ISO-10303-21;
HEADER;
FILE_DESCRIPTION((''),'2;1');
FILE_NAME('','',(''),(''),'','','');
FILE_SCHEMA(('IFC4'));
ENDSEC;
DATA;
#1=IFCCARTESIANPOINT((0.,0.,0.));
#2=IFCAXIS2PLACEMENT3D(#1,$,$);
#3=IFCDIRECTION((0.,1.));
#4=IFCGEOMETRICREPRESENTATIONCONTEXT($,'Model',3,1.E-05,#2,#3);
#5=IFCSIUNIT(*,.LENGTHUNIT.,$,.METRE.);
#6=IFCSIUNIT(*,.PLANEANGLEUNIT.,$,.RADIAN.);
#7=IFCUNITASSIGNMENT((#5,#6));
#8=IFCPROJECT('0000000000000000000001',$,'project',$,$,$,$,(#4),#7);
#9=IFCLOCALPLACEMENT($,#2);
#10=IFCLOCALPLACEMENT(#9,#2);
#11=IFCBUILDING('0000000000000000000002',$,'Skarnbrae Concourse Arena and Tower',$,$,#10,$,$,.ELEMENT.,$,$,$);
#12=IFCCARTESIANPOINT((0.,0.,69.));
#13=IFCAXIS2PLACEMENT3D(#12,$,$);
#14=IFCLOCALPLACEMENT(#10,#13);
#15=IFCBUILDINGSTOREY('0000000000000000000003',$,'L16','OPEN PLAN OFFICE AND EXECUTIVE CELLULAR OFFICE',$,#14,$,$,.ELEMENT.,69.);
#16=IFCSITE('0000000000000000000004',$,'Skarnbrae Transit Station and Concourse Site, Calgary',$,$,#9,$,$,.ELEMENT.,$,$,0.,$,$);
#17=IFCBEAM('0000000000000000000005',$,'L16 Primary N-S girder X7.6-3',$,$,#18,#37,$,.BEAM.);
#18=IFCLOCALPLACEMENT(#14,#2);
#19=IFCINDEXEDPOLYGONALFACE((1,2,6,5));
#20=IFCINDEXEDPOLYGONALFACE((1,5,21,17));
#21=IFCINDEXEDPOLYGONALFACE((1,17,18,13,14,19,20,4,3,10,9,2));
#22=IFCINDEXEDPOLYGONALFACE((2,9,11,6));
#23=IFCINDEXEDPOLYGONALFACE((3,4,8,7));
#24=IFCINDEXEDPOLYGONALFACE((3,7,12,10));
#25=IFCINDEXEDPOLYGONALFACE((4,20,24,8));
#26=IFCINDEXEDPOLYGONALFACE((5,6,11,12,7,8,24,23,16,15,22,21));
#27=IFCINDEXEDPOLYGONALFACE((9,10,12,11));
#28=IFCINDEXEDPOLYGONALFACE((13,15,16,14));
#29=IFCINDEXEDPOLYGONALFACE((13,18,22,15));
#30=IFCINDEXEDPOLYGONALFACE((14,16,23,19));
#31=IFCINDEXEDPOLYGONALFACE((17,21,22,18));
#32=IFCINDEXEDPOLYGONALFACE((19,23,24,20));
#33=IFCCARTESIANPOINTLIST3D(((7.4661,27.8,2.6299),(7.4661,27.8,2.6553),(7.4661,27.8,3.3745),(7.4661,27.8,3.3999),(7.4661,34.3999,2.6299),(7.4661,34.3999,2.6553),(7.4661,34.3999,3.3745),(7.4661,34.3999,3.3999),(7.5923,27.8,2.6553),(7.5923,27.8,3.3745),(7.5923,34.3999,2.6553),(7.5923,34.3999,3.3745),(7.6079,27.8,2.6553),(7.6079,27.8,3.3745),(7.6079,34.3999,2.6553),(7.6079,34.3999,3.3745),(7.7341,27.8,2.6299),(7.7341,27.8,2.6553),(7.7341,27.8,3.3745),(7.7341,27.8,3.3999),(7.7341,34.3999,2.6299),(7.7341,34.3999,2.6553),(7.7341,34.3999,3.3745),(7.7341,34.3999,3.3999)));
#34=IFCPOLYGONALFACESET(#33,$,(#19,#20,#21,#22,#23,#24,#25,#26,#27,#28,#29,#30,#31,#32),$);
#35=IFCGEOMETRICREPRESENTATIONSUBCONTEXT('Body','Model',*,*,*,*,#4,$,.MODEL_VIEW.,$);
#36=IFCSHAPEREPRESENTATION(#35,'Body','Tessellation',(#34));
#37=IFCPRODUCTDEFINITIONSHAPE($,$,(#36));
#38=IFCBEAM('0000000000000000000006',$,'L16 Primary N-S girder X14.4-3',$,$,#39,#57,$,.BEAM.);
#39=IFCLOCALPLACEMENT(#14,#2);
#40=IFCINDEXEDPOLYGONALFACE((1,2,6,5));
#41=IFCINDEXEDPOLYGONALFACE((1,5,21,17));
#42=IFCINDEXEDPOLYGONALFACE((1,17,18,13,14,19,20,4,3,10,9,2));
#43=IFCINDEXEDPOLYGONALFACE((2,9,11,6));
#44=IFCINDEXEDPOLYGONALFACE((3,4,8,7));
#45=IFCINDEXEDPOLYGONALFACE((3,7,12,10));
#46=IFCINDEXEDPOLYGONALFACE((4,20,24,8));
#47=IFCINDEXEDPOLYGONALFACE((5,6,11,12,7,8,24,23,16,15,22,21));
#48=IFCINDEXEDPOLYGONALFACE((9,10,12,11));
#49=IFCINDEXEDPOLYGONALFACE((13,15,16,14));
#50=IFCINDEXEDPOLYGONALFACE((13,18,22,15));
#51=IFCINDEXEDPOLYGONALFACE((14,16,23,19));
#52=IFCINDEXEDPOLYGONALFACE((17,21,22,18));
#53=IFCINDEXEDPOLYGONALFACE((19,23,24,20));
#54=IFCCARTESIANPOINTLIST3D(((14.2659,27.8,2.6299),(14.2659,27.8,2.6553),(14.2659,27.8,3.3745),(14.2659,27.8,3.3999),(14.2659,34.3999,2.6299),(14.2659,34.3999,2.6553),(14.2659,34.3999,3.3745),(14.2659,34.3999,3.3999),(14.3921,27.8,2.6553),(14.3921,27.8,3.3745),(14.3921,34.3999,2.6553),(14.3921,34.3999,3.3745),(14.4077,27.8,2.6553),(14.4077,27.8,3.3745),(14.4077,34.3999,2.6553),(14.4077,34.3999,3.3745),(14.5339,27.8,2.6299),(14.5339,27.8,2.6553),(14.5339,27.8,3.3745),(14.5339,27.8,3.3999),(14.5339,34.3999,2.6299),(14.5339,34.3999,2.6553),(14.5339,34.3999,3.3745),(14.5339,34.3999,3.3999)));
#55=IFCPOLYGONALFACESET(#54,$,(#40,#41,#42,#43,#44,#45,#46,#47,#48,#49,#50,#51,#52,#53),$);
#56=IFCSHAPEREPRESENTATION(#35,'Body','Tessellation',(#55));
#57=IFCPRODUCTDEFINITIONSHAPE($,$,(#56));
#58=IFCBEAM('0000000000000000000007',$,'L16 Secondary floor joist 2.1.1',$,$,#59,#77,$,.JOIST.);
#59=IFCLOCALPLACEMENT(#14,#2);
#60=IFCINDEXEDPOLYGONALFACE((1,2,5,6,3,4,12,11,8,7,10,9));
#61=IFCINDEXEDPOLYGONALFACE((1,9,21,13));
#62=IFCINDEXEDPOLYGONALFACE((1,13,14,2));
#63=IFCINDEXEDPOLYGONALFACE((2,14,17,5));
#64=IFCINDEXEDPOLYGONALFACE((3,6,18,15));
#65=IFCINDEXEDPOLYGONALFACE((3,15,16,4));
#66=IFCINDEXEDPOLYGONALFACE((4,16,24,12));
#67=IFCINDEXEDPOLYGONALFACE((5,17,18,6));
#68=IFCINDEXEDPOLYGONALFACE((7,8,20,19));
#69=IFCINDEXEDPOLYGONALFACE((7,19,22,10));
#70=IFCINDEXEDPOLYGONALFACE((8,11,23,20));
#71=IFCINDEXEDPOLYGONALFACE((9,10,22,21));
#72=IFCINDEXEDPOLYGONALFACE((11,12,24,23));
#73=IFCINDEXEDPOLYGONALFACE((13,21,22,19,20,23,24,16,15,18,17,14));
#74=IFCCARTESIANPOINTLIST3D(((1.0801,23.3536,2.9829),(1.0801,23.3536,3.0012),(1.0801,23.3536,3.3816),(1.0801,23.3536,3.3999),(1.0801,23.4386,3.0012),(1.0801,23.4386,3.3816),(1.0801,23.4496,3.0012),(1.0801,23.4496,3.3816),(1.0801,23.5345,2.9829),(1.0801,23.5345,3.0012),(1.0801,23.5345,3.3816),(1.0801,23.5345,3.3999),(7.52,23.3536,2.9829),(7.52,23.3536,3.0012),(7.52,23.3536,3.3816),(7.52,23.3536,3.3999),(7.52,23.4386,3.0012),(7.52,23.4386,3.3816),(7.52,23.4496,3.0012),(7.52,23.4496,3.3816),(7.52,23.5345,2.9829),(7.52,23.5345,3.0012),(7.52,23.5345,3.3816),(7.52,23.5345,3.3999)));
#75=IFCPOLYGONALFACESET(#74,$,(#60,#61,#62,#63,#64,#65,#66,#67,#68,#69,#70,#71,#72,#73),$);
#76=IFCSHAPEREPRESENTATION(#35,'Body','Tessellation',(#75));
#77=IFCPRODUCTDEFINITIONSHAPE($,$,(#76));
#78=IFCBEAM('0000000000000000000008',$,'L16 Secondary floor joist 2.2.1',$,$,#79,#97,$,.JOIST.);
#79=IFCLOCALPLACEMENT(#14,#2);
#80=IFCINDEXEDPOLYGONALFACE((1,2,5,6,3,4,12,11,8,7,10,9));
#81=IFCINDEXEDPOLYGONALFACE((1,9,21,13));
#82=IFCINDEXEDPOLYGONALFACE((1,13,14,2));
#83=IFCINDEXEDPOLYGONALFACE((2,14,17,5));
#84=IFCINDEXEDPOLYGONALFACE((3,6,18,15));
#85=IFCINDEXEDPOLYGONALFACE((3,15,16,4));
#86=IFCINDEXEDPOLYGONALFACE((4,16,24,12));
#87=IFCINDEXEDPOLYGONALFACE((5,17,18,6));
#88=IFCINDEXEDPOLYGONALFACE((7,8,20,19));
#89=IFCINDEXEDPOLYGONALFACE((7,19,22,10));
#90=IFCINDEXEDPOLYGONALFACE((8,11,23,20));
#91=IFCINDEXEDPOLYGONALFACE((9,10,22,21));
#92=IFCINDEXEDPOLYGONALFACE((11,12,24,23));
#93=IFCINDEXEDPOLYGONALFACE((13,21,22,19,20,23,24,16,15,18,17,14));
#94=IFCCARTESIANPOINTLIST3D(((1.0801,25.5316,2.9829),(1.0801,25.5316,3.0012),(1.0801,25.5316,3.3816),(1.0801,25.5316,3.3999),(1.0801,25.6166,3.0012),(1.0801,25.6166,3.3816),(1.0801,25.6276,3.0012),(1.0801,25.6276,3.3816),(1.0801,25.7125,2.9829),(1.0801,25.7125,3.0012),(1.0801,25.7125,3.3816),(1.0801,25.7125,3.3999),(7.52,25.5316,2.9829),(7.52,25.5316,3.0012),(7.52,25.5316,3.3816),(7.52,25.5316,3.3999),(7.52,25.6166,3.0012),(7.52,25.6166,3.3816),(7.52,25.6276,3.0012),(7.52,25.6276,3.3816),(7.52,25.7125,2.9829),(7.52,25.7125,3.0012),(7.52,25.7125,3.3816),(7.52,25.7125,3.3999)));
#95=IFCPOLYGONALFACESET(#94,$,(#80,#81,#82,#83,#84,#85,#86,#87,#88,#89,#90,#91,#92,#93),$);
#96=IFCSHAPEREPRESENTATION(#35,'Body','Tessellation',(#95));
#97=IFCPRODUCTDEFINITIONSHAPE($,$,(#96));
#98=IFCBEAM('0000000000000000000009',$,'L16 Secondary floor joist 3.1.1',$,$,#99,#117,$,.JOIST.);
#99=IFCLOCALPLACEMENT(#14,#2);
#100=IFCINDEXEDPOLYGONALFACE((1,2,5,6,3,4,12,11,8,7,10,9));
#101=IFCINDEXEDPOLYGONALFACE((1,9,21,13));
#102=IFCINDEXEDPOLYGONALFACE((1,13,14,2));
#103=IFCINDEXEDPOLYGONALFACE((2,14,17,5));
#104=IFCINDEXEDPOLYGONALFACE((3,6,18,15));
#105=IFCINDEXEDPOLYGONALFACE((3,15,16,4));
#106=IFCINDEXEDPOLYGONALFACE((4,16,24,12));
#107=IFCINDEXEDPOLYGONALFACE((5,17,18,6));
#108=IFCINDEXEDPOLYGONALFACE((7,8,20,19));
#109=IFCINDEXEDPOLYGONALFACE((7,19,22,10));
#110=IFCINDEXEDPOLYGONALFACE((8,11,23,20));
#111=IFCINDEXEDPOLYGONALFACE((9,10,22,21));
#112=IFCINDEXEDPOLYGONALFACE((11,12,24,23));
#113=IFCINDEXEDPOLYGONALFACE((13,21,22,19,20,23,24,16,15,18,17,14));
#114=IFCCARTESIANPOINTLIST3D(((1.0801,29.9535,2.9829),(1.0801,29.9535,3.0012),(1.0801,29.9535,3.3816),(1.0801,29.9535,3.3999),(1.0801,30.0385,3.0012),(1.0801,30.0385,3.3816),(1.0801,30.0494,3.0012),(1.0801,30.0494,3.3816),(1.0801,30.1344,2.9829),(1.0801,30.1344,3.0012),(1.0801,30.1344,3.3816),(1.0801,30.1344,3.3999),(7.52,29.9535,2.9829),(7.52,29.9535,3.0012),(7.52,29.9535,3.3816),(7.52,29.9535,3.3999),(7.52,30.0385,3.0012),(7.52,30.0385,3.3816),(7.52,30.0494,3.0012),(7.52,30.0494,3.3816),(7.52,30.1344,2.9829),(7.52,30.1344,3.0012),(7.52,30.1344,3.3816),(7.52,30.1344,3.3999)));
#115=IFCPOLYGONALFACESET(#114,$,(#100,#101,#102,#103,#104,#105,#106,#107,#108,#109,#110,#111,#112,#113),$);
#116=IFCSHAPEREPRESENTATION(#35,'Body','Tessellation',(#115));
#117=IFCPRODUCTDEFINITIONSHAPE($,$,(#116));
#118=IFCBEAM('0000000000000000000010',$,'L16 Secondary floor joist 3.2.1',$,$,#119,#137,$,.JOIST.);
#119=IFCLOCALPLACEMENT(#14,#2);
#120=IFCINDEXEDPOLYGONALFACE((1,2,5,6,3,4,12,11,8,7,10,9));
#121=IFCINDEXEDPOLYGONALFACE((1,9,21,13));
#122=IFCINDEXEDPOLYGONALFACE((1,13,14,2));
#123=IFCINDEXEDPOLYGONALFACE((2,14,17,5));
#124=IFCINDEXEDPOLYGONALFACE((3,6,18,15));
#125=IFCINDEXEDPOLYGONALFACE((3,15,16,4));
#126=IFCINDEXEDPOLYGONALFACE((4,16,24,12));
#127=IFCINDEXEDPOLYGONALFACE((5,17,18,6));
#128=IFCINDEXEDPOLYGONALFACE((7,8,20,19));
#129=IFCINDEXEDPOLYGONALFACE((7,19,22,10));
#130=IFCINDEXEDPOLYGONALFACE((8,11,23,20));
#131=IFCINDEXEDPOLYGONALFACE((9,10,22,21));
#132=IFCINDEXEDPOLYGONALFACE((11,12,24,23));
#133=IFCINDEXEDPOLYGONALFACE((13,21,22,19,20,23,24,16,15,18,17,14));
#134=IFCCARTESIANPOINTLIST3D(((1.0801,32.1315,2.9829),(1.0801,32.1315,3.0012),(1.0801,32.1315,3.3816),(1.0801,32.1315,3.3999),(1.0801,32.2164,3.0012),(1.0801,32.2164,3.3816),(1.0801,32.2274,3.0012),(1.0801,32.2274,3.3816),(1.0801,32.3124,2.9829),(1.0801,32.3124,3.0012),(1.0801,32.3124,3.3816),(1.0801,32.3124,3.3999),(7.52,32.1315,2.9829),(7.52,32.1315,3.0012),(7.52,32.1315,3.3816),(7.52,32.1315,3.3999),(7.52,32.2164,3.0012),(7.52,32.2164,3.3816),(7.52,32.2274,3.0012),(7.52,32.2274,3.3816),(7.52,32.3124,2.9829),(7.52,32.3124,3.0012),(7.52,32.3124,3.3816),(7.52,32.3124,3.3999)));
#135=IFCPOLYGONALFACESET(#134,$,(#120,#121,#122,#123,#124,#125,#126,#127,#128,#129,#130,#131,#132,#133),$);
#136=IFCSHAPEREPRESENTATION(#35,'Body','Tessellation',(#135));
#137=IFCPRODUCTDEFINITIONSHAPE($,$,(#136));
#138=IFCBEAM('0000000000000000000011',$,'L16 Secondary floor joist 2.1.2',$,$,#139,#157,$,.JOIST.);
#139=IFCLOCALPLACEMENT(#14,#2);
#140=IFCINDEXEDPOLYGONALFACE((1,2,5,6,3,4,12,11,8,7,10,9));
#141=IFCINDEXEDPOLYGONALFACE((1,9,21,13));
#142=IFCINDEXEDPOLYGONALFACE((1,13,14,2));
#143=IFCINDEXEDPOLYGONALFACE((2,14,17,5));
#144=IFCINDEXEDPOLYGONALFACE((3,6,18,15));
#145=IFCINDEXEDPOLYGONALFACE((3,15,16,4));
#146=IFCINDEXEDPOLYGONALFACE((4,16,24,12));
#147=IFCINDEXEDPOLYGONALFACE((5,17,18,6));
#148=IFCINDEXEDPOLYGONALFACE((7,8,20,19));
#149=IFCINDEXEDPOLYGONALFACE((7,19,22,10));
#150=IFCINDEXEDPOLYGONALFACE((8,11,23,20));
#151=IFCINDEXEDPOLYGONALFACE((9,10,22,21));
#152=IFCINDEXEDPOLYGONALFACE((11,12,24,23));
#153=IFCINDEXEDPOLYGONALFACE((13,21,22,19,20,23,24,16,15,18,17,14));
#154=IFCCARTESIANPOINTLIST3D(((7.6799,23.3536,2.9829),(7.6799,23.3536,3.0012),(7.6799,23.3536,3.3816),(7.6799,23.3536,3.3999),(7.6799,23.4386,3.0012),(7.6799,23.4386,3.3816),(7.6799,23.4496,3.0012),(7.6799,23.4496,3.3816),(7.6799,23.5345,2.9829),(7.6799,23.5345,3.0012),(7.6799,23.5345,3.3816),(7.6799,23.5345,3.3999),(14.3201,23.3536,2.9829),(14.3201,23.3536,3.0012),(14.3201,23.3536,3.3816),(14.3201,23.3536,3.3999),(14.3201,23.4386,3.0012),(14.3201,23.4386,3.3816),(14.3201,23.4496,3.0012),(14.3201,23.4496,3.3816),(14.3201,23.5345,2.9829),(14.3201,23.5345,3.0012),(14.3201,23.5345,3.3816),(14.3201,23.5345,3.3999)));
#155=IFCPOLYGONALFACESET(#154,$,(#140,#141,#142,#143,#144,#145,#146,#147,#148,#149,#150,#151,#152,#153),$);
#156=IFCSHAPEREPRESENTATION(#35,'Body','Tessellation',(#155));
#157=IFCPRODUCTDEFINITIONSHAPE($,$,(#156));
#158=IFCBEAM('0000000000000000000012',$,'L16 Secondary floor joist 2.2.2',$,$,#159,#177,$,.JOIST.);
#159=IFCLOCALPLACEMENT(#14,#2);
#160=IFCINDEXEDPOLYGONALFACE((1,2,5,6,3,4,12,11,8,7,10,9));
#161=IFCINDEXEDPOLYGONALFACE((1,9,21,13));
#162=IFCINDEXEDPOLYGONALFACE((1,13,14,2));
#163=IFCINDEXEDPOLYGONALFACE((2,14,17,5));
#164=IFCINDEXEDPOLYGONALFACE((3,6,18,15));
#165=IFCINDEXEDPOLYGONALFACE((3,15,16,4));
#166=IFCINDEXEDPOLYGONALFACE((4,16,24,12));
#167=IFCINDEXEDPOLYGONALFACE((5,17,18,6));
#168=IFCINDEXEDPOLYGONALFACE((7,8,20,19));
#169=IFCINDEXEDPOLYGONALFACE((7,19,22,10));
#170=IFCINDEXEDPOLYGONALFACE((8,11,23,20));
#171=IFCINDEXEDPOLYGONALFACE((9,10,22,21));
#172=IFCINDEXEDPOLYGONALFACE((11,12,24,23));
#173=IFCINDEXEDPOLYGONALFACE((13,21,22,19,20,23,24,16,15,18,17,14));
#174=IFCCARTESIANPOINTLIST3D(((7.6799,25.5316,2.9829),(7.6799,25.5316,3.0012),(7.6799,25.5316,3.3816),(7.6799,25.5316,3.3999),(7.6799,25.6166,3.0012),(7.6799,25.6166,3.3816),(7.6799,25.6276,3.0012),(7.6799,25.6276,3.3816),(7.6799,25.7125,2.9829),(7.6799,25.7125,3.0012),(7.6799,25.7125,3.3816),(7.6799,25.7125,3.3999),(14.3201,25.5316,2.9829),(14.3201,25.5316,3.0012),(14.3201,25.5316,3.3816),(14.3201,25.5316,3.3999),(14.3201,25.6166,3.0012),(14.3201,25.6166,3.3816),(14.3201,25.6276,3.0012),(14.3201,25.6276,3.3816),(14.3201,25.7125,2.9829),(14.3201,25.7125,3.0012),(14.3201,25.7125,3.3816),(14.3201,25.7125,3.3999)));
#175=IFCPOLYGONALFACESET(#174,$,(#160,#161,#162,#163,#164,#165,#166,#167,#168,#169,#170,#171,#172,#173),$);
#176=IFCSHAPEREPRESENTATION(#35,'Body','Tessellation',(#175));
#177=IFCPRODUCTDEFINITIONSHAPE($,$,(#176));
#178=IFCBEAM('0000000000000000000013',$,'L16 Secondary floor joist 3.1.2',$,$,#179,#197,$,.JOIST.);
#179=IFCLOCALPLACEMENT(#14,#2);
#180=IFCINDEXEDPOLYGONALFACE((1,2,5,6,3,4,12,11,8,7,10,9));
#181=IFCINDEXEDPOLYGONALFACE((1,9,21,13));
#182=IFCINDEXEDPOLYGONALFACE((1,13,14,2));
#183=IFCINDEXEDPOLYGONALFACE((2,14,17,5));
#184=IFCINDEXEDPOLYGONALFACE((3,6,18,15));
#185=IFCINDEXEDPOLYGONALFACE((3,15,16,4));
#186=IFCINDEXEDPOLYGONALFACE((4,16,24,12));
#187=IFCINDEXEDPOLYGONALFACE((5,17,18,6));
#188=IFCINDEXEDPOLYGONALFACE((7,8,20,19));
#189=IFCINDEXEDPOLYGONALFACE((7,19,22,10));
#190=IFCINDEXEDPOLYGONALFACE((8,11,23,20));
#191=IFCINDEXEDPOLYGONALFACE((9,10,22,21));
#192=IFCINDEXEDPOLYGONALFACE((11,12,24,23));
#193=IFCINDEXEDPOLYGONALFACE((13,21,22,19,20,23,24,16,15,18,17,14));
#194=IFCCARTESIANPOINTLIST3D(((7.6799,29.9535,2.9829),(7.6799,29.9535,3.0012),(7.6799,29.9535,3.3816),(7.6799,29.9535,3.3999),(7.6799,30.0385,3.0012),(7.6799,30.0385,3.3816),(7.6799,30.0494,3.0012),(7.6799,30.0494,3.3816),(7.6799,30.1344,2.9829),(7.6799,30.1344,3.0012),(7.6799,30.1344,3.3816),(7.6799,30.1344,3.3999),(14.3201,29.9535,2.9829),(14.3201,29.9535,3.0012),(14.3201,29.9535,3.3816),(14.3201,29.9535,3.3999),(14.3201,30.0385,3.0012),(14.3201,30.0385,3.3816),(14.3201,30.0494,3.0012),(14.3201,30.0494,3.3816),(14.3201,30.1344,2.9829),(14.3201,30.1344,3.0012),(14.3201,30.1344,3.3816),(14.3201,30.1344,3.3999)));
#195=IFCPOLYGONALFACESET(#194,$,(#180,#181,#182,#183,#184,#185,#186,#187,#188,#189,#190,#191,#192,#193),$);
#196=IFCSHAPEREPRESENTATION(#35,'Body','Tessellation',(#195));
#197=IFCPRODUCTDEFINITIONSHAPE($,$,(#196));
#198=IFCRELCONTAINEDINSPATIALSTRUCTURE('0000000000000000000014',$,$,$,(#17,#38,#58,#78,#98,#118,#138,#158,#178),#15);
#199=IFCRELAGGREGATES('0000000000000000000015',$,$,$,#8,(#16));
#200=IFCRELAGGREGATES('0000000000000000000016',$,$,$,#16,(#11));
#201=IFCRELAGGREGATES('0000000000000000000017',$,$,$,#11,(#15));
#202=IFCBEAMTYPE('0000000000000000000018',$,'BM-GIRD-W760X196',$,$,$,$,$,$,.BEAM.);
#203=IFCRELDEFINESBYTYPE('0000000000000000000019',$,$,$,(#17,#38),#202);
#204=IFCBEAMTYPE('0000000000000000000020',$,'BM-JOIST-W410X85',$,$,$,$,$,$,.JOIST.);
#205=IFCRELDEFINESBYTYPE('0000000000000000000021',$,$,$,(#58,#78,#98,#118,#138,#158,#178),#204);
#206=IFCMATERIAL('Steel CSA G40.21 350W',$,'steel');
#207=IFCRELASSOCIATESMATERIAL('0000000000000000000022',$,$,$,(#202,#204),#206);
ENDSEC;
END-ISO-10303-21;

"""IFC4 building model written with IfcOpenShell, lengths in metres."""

from ifc_helpers import new_model, si_unit, direction, frame, origin, origin_2d, place, context, subcontext, project, spatial, i_section, extrude, source, transform, mapped, material, material_profile, profile_set, type_object, element, save


model = new_model("IFC4")

# Units and contexts
model_context = context("Model", 3, precision=1e-05, world=origin(), true_north=direction((0.0, 1.0)))
body_context = subcontext(model_context, "Body", "Model", "MODEL_VIEW")
ifc_project = project(units=[si_unit("LENGTHUNIT", "METRE"), si_unit("PLANEANGLEUNIT", "RADIAN")], contexts=[model_context])

# Site, building, storey
site_placement = place(None, origin())
site = spatial("IfcSite", under=ifc_project, at=site_placement, Name="Skarnbrae Transit Station and Concourse Site, Calgary", CompositionType="ELEMENT", RefElevation=0.0)
building_placement = place(site_placement, origin())
building = spatial("IfcBuilding", under=site, at=building_placement, Name="Skarnbrae Concourse Arena and Tower", CompositionType="ELEMENT")
storey_placement = place(building_placement, frame((0.0, 0.0, 69.0)))
storey = spatial("IfcBuildingStorey", under=building, at=storey_placement, Name="L16", Description="OPEN PLAN OFFICE AND EXECUTIVE CELLULAR OFFICE", CompositionType="ELEMENT", Elevation=69.0)

# Shared definitions
ifc_material_1 = material(Name="Steel CSA G40.21 350W", Category="steel")

# Beams
ifc_material_profile_1 = material_profile(ifc_material_1, i_section(OverallWidth=0.2681, OverallDepth=0.77, WebThickness=0.0156, FlangeThickness=0.0254, at=origin_2d()), Name="W760X196")
ifc_profile_set_1 = profile_set([ifc_material_profile_1], Name="Steel CSA G40.21 350W")
beam_type_1 = type_object("IfcBeamType", Name="BM-GIRD-W760X196", PredefinedType="BEAM", material=ifc_profile_set_1)
shared_shape_1 = source(origin(), body_context, "Body", "SweptSolid", [
    extrude(i_section(OverallWidth=0.2681, OverallDepth=0.77, WebThickness=0.0156, FlangeThickness=0.0254, at=origin_2d()), origin(), (0.0, 0.0, 1.0), 6.5999),
])
for number, where, z_axis, x_axis, name in (
    (1, (7.6001, 27.8, 3.0149), (0.0, 1.0, 0.0), (-1.0, 0.0, 0.0), "L16 Primary N-S girder X7.6-3"),
    (2, (14.3999, 27.8, 3.0149), (0.0, 1.0, 0.0), (-1.0, 0.0, 0.0), "L16 Primary N-S girder X14.4-3"),
):
    element("IfcBeam", number, at=place(storey_placement, frame(where, z_axis=z_axis, x_axis=x_axis)), inside=storey, type_object=beam_type_1, Name=name, PredefinedType="BEAM", context=body_context, shape_type="MappedRepresentation", body=[
        mapped(shared_shape_1, transform((0.0, 0.0, 0.0))),
    ])
ifc_material_profile_2 = material_profile(ifc_material_1, i_section(OverallWidth=0.1809, OverallDepth=0.417, WebThickness=0.011, FlangeThickness=0.0183, at=origin_2d()), Name="W410X85")
ifc_profile_set_2 = profile_set([ifc_material_profile_2], Name="Steel CSA G40.21 350W")
beam_type_2 = type_object("IfcBeamType", Name="BM-JOIST-W410X85", PredefinedType="JOIST", material=ifc_profile_set_2)
shared_shape_2 = source(origin(), body_context, "Body", "SweptSolid", [
    extrude(i_section(OverallWidth=0.1809, OverallDepth=0.417, WebThickness=0.011, FlangeThickness=0.0183, at=origin_2d()), origin(), (0.0, 0.0, 1.0), 6.4399),
])
for number, where, z_axis, x_axis, name in (
    (3, (1.0801, 23.4441, 3.1914), (1.0, 0.0, 0.0), (0.0, 1.0, 0.0), "L16 Secondary floor joist 2.1.1"),
    (4, (1.0801, 25.6221, 3.1914), (1.0, 0.0, 0.0), (0.0, 1.0, 0.0), "L16 Secondary floor joist 2.2.1"),
    (5, (1.0801, 30.0439, 3.1914), (1.0, 0.0, 0.0), (0.0, 1.0, 0.0), "L16 Secondary floor joist 3.1.1"),
    (6, (1.0801, 32.2219, 3.1914), (1.0, 0.0, 0.0), (0.0, 1.0, 0.0), "L16 Secondary floor joist 3.2.1"),
):
    element("IfcBeam", number, at=place(storey_placement, frame(where, z_axis=z_axis, x_axis=x_axis)), inside=storey, type_object=beam_type_2, Name=name, PredefinedType="JOIST", context=body_context, shape_type="MappedRepresentation", body=[
        mapped(shared_shape_2, transform((0.0, 0.0, 0.0))),
    ])
shared_shape_3 = source(origin(), body_context, "Body", "SweptSolid", [
    extrude(i_section(OverallWidth=0.1809, OverallDepth=0.417, WebThickness=0.011, FlangeThickness=0.0183, at=origin_2d()), origin(), (0.0, 0.0, 1.0), 6.6401),
])
for number, where, z_axis, x_axis, name in (
    (7, (7.6799, 23.4441, 3.1914), (1.0, 0.0, 0.0), (0.0, 1.0, 0.0), "L16 Secondary floor joist 2.1.2"),
    (8, (7.6799, 25.6221, 3.1914), (1.0, 0.0, 0.0), (0.0, 1.0, 0.0), "L16 Secondary floor joist 2.2.2"),
    (9, (7.6799, 30.0439, 3.1914), (1.0, 0.0, 0.0), (0.0, 1.0, 0.0), "L16 Secondary floor joist 3.1.2"),
):
    element("IfcBeam", number, at=place(storey_placement, frame(where, z_axis=z_axis, x_axis=x_axis)), inside=storey, type_object=beam_type_2, Name=name, PredefinedType="JOIST", context=body_context, shape_type="MappedRepresentation", body=[
        mapped(shared_shape_3, transform((0.0, 0.0, 0.0))),
    ])

save(model, "model.ifc")
